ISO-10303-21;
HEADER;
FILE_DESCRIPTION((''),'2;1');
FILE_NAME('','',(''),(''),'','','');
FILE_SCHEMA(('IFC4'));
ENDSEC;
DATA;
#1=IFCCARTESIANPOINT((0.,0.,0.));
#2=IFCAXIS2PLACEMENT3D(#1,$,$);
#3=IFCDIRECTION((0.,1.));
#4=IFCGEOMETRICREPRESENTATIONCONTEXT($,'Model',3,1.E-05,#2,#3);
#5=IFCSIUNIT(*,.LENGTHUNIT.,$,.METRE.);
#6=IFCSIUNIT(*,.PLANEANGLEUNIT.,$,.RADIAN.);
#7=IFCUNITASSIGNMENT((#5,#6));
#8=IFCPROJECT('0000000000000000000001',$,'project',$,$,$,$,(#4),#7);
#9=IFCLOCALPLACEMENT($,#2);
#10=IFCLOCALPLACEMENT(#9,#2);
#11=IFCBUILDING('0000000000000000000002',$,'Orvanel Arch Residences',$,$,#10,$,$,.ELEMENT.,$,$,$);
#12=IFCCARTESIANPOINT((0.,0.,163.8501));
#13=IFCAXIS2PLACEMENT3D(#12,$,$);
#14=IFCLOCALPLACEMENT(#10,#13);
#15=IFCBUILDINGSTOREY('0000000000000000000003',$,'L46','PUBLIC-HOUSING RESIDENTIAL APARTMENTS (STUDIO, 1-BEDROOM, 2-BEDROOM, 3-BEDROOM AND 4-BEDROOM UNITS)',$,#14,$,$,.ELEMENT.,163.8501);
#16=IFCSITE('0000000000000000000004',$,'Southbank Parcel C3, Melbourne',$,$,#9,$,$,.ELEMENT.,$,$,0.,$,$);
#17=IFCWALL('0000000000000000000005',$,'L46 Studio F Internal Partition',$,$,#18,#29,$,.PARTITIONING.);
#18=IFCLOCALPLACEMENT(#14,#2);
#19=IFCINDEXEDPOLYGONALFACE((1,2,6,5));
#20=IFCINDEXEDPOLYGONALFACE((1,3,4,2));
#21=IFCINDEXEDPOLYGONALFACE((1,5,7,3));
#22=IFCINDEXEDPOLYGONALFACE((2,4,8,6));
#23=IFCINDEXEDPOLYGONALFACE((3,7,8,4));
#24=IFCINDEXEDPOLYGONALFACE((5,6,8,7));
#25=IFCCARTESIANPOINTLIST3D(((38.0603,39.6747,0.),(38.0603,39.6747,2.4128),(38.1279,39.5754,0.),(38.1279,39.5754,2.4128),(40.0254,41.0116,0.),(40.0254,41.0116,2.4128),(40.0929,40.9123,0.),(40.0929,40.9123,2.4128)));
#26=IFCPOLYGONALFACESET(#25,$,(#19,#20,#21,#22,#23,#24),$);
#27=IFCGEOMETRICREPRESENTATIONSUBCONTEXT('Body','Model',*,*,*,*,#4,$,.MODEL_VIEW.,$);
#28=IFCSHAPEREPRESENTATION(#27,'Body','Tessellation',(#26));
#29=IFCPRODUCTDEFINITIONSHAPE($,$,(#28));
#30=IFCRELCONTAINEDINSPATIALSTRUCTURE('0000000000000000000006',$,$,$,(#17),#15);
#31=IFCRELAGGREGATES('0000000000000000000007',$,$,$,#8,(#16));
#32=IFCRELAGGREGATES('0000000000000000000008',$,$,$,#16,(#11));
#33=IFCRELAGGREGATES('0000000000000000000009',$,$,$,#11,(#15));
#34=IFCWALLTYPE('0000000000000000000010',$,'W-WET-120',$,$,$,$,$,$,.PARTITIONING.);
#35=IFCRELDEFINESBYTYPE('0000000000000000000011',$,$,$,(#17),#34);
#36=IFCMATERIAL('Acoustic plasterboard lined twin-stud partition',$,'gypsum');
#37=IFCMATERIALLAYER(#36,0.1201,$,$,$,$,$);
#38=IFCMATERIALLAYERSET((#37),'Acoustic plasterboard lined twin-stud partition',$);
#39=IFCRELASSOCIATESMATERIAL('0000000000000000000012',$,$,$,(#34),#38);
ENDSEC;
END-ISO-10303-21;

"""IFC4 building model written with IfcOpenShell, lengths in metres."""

from ifc_helpers import new_model, si_unit, direction, frame, frame_2d, origin, place, context, subcontext, project, spatial, rectangle, extrude, material, layer, layer_set, type_object, element, save


model = new_model("IFC4")

# Units and contexts
model_context = context("Model", 3, precision=1e-05, world=origin(), true_north=direction((0.0, 1.0)))
body_context = subcontext(model_context, "Body", "Model", "MODEL_VIEW")
ifc_project = project(units=[si_unit("LENGTHUNIT", "METRE"), si_unit("PLANEANGLEUNIT", "RADIAN")], contexts=[model_context])

# Site, building, storey
site_placement = place(None, origin())
site = spatial("IfcSite", under=ifc_project, at=site_placement, Name="Southbank Parcel C3, Melbourne", CompositionType="ELEMENT", RefElevation=0.0)
building_placement = place(site_placement, origin())
building = spatial("IfcBuilding", under=site, at=building_placement, Name="Orvanel Arch Residences", CompositionType="ELEMENT")
storey_placement = place(building_placement, frame((0.0, 0.0, 163.8501)))
storey = spatial("IfcBuildingStorey", under=building, at=storey_placement, Name="L46", Description="PUBLIC-HOUSING RESIDENTIAL APARTMENTS (STUDIO, 1-BEDROOM, 2-BEDROOM, 3-BEDROOM AND 4-BEDROOM UNITS)", CompositionType="ELEMENT", Elevation=163.8501)

# Wall
ifc_material_1 = material(Name="Acoustic plasterboard lined twin-stud partition", Category="gypsum")
ifc_layer_1 = layer(ifc_material_1, 0.1201)
ifc_layer_set_1 = layer_set([ifc_layer_1], Name="Acoustic plasterboard lined twin-stud partition")
wall_type_1 = type_object("IfcWallType", Name="W-WET-120", PredefinedType="PARTITIONING", material=ifc_layer_set_1)
wall_1_placement = place(storey_placement, frame((38.094, 39.625, 0.0), z_axis=(0.0, 0.0, 1.0), x_axis=(0.826798, 0.562498, 0.0)))
element("IfcWall", 1, at=wall_1_placement, inside=storey, type_object=wall_type_1, Name="L46 Studio F Internal Partition", PredefinedType="PARTITIONING", context=body_context, shape_type="SweptSolid", body=[
    extrude(rectangle(XDim=2.3767, YDim=0.1201, at=frame_2d((1.1885, 0.0))), origin(), (0.0, 0.0, 1.0), 2.4128),
])

save(model, "model.ifc")
